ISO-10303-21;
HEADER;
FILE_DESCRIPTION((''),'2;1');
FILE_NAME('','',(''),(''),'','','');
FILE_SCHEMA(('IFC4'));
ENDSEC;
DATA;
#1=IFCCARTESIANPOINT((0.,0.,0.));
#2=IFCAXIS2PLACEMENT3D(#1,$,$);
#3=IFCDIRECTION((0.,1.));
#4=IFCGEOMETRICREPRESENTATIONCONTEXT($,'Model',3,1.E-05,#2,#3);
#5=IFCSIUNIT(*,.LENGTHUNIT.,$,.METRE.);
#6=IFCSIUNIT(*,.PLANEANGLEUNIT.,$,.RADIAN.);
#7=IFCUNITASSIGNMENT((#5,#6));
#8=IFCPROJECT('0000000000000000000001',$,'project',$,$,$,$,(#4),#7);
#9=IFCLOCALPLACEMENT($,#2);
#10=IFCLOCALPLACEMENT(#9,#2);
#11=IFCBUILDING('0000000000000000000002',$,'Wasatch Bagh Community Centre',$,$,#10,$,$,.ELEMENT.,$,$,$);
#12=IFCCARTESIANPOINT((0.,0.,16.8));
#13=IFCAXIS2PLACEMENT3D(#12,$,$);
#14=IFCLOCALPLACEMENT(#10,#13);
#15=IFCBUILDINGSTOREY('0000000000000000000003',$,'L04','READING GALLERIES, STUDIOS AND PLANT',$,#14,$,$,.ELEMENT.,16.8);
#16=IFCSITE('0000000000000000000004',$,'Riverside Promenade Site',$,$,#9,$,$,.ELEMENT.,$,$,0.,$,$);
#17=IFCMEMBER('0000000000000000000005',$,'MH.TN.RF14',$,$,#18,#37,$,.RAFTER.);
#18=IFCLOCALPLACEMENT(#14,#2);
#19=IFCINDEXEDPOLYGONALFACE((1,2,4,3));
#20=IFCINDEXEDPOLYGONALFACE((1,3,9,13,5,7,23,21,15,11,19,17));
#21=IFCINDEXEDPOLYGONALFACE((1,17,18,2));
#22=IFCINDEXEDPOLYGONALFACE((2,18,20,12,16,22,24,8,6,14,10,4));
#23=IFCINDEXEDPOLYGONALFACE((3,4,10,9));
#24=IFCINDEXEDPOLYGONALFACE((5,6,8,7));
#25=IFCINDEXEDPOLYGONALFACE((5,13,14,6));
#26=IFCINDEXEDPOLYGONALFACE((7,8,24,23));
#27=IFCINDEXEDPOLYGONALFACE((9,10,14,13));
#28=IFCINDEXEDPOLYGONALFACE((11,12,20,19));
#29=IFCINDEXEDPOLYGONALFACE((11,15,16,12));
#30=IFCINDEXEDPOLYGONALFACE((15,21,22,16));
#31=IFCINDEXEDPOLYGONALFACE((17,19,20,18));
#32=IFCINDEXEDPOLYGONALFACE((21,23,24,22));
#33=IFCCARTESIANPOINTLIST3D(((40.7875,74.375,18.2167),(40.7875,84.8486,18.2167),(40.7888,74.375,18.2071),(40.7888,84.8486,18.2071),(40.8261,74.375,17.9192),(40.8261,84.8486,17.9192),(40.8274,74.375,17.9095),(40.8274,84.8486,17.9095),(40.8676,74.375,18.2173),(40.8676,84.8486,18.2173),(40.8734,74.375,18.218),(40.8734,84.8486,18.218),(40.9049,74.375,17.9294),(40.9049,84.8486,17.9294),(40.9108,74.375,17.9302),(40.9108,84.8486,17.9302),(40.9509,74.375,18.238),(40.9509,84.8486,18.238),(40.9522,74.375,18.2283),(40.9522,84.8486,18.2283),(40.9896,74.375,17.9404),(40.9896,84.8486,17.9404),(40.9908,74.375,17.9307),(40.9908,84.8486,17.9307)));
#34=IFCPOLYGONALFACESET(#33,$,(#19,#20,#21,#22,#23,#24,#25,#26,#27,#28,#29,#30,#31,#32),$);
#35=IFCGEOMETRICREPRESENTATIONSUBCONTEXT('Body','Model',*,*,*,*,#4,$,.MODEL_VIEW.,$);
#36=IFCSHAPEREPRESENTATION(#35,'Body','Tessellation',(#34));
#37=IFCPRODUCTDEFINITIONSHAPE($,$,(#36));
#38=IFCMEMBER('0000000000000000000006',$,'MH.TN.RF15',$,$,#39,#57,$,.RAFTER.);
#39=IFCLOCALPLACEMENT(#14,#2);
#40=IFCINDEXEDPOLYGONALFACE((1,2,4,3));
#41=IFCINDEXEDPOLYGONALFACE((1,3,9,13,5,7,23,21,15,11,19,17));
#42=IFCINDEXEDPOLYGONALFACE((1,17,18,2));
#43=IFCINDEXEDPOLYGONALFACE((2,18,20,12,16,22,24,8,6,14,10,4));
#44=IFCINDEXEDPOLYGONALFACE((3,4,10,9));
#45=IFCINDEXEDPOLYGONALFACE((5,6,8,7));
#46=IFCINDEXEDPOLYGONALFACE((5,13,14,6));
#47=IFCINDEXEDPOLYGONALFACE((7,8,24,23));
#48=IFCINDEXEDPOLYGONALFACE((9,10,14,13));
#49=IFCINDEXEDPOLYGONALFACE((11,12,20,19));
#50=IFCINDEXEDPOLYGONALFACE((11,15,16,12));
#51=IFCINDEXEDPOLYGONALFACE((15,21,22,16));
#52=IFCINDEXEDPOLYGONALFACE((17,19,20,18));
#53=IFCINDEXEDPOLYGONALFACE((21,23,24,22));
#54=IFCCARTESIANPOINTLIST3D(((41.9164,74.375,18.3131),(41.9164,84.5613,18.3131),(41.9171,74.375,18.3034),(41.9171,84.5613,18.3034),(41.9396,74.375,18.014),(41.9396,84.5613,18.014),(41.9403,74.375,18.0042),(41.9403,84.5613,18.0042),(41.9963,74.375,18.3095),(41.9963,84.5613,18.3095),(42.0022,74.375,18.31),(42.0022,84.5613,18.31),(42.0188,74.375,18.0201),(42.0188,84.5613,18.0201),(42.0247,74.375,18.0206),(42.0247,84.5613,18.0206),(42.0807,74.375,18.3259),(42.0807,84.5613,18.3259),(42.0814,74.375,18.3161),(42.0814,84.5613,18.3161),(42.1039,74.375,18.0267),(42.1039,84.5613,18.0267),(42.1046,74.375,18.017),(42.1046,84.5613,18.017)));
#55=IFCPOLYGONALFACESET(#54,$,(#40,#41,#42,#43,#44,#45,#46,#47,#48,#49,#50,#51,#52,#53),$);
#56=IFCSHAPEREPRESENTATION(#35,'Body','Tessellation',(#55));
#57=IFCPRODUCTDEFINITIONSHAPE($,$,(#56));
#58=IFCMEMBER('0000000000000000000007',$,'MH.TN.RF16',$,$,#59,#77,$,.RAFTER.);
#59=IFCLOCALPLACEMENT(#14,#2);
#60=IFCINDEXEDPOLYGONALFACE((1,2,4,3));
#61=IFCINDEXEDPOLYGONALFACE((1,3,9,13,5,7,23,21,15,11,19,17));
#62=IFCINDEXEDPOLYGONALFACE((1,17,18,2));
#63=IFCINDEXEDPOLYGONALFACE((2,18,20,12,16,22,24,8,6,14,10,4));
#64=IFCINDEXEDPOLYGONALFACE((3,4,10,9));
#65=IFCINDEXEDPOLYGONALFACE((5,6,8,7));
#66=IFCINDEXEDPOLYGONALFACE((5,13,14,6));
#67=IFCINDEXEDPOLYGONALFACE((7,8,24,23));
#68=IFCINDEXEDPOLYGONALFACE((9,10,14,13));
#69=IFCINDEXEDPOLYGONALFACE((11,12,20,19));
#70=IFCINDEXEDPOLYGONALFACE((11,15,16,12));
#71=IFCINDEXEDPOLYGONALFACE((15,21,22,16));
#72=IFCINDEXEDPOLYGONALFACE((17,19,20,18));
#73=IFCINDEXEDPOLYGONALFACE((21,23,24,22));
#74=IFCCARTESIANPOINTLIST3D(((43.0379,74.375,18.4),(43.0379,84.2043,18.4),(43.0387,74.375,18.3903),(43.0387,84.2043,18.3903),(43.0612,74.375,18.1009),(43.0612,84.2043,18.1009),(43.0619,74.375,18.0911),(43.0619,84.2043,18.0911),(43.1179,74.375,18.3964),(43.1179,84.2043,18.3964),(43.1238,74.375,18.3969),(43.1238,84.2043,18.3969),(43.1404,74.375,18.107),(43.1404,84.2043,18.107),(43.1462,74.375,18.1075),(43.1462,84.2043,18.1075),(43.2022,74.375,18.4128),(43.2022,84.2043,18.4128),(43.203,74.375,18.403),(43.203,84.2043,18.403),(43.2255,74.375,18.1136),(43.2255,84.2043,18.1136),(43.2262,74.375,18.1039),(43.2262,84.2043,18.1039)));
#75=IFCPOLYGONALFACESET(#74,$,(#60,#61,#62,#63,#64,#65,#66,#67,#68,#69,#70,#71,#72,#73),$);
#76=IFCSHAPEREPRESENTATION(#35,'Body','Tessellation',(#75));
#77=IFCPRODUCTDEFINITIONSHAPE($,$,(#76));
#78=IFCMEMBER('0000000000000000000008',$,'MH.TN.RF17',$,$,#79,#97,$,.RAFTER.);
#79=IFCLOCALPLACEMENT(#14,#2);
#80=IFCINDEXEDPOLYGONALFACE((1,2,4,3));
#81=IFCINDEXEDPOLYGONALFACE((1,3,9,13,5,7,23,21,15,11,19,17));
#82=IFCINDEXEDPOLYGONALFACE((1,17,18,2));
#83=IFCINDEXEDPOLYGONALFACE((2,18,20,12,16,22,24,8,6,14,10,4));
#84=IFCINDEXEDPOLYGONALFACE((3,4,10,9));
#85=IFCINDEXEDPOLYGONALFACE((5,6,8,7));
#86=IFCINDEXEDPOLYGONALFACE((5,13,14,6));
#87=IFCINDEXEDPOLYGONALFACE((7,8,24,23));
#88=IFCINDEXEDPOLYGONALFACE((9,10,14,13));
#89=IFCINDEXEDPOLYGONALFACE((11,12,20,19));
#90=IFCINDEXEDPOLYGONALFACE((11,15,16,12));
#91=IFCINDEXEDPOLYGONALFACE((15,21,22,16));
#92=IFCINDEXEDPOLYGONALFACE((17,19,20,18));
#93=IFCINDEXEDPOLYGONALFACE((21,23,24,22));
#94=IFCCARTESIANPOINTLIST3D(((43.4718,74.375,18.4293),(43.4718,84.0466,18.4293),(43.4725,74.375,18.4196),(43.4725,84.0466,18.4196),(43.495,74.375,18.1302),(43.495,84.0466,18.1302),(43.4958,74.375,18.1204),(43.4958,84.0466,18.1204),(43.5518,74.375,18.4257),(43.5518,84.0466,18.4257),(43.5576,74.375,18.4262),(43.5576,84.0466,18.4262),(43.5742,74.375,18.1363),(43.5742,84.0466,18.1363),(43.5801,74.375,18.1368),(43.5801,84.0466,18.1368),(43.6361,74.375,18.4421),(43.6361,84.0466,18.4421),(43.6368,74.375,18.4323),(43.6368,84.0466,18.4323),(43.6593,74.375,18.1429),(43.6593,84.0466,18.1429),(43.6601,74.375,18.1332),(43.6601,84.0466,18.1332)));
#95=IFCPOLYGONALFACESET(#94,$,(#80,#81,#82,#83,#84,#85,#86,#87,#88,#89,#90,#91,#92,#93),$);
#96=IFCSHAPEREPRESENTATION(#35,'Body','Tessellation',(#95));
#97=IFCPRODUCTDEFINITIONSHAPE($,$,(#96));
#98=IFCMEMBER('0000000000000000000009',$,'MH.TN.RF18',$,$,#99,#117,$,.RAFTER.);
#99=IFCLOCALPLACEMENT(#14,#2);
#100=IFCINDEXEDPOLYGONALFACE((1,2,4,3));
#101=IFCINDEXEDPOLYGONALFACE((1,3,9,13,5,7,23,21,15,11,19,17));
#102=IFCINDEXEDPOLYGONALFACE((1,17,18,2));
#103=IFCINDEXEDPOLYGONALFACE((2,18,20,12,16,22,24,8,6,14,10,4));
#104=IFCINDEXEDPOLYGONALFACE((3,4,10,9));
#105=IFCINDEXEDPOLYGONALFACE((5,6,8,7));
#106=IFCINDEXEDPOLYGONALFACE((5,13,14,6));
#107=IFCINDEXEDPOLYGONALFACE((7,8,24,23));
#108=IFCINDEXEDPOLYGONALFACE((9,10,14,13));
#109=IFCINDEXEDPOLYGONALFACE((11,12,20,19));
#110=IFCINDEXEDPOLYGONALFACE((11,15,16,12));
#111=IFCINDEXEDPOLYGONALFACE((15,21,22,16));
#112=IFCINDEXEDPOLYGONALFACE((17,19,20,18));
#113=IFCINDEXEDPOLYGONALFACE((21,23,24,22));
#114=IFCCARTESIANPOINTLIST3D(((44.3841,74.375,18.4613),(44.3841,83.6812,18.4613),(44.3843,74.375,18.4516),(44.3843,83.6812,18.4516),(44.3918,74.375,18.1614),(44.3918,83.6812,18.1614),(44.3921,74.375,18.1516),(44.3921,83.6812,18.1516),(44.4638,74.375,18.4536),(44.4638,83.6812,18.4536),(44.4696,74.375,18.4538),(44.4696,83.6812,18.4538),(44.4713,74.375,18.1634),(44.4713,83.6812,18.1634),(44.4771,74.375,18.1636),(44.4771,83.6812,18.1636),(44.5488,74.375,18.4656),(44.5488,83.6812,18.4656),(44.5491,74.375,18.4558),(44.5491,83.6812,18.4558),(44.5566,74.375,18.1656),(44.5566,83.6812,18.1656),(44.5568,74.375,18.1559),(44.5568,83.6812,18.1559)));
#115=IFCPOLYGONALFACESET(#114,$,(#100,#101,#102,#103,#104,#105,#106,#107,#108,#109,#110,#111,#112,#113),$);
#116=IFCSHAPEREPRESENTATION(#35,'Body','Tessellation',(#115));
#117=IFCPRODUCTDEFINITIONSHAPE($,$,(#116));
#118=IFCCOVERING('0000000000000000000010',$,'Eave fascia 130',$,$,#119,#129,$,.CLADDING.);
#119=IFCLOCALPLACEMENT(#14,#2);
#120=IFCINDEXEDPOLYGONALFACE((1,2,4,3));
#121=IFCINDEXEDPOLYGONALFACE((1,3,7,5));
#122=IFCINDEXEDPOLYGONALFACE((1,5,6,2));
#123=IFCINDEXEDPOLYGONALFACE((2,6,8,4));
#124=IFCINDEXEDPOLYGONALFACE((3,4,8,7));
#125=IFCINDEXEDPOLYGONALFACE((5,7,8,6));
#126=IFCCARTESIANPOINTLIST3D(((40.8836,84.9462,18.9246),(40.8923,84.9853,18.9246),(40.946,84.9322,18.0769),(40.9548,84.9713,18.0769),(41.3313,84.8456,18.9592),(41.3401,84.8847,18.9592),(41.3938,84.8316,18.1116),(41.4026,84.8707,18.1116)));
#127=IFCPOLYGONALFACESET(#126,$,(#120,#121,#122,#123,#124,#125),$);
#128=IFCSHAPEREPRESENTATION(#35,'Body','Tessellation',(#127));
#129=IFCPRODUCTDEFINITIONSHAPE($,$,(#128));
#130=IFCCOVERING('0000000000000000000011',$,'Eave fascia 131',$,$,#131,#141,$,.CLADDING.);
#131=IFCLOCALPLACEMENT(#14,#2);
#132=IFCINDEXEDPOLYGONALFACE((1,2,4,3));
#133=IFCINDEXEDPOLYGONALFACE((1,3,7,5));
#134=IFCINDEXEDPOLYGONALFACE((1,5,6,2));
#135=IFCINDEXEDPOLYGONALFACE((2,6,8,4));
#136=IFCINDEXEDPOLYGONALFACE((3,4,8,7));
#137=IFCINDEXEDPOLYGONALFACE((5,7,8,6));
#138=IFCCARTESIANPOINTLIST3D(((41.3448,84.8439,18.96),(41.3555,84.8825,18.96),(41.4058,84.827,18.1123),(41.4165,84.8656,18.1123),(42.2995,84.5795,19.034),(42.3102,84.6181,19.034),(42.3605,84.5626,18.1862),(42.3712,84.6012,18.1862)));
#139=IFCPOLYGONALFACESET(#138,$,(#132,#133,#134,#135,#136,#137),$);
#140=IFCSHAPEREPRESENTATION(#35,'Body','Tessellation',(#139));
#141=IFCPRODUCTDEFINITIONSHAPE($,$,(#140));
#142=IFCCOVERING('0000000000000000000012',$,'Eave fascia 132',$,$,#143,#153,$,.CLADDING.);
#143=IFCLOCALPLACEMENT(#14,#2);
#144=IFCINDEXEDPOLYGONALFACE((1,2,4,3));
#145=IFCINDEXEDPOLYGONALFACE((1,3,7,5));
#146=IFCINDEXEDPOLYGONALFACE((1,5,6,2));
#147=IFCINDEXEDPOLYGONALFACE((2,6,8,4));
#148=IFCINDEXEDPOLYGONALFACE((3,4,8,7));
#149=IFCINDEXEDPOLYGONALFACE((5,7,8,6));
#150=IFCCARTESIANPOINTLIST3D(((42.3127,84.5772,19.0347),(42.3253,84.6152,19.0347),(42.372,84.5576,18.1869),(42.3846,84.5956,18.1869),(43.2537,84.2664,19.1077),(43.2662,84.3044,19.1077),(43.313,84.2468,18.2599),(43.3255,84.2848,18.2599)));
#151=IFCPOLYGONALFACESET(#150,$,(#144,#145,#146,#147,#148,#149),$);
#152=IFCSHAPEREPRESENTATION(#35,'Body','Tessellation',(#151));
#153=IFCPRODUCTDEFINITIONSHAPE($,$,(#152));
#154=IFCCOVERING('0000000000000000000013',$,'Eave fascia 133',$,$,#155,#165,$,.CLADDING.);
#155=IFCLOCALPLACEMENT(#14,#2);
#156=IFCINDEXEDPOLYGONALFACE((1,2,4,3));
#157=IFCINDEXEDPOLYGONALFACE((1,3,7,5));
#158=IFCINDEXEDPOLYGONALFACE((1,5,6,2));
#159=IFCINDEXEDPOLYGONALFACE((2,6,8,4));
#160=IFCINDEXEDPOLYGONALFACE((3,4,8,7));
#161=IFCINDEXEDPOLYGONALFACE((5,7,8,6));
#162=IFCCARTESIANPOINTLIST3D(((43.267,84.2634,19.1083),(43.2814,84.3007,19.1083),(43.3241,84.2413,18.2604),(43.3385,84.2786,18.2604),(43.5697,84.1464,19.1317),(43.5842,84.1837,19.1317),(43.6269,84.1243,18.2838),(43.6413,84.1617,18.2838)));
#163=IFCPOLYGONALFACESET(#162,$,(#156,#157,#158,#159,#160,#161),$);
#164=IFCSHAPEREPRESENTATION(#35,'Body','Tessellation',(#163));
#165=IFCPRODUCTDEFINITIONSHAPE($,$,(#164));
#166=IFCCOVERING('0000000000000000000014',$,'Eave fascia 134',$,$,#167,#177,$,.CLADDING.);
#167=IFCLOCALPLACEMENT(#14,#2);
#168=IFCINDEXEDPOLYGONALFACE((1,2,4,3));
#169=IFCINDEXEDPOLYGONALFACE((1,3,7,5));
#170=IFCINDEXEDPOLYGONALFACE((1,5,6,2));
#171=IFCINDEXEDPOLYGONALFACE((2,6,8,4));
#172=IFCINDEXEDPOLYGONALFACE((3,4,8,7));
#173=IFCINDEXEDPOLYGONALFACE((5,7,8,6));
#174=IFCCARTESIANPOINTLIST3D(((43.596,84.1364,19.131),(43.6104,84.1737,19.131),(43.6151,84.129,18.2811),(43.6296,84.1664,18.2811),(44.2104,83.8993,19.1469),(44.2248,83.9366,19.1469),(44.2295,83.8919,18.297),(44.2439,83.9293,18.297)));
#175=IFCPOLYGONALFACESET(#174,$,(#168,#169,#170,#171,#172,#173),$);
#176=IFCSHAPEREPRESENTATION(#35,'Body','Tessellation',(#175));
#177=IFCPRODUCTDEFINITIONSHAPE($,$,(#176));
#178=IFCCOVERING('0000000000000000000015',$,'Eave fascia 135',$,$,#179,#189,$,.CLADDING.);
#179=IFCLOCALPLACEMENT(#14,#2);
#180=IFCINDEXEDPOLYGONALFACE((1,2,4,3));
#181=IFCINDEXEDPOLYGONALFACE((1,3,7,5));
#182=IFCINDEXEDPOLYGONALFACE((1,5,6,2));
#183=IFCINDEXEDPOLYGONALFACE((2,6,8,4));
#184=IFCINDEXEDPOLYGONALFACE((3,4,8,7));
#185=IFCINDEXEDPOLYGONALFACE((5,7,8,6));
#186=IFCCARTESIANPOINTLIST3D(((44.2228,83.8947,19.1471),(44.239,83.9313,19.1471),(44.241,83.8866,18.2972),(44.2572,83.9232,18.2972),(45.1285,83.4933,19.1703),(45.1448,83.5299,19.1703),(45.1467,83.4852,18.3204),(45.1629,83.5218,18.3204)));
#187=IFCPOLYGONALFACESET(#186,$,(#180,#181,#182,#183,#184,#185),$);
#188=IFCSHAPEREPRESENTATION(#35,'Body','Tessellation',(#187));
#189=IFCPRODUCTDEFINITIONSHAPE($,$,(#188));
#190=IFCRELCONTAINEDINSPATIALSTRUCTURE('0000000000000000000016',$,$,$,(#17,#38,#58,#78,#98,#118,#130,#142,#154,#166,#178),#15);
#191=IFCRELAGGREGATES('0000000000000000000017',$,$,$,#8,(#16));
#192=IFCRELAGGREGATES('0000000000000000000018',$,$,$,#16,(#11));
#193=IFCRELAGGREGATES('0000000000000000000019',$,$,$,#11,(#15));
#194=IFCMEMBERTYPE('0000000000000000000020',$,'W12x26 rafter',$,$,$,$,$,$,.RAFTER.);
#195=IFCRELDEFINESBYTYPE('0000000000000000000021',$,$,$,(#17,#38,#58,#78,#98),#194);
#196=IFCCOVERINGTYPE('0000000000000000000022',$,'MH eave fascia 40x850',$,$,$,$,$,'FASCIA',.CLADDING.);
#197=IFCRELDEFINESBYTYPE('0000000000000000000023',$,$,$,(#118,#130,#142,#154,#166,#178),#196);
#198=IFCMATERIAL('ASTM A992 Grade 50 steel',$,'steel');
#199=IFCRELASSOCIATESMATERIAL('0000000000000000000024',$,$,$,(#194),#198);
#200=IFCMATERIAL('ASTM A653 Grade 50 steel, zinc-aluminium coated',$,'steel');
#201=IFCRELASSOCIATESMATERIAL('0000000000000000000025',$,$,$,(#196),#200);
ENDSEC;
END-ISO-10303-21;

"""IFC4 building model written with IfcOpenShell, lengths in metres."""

from ifc_helpers import new_model, si_unit, direction, frame, origin, origin_2d, place, context, subcontext, project, spatial, rectangle, i_section, extrude, material, material_profile, profile_set, type_object, element, save


model = new_model("IFC4")

# Units and contexts
model_context = context("Model", 3, precision=1e-05, world=origin(), true_north=direction((0.0, 1.0)))
body_context = subcontext(model_context, "Body", "Model", "MODEL_VIEW")
ifc_project = project(units=[si_unit("LENGTHUNIT", "METRE"), si_unit("PLANEANGLEUNIT", "RADIAN")], contexts=[model_context])

# Site, building, storey
site_placement = place(None, origin())
site = spatial("IfcSite", under=ifc_project, at=site_placement, Name="Riverside Promenade Site", CompositionType="ELEMENT", RefElevation=0.0)
building_placement = place(site_placement, origin())
building = spatial("IfcBuilding", under=site, at=building_placement, Name="Wasatch Bagh Community Centre", CompositionType="ELEMENT")
storey_placement = place(building_placement, frame((0.0, 0.0, 16.8)))
storey = spatial("IfcBuildingStorey", under=building, at=storey_placement, Name="L04", Description="READING GALLERIES, STUDIOS AND PLANT", CompositionType="ELEMENT", Elevation=16.8)

# Members
ifc_material_1 = material(Name="ASTM A992 Grade 50 steel", Category="steel")
ifc_material_profile_1 = material_profile(ifc_material_1, i_section(OverallWidth=0.1648, OverallDepth=0.3098, WebThickness=0.0059, FlangeThickness=0.0098, at=origin_2d()), Name="W12x26")
ifc_profile_set_1 = profile_set([ifc_material_profile_1], Name="ASTM A992 Grade 50 steel")
member_type = type_object("IfcMemberType", Name="W12x26 rafter", PredefinedType="RAFTER", material=ifc_profile_set_1)
member_1_placement = place(storey_placement, frame((40.8892, 84.8486, 18.0737), z_axis=(0.0, -1.0, 0.0), x_axis=(0.991678, 0.0, 0.12874)))
element("IfcMember", 1, at=member_1_placement, inside=storey, type_object=member_type, Name="MH.TN.RF14", PredefinedType="RAFTER", context=body_context, shape_type="SweptSolid", body=[
    extrude(i_section(OverallWidth=0.1648, OverallDepth=0.3098, WebThickness=0.0059, FlangeThickness=0.0098, at=origin_2d()), origin(), (0.0, 0.0, 1.0), 10.4736),
])
member_2_placement = place(storey_placement, frame((42.0105, 84.5613, 18.165), z_axis=(0.0, -1.0, 0.0), x_axis=(0.997002, 0.0, 0.077382)))
element("IfcMember", 2, at=member_2_placement, inside=storey, type_object=member_type, Name="MH.TN.RF15", PredefinedType="RAFTER", context=body_context, shape_type="SweptSolid", body=[
    extrude(i_section(OverallWidth=0.1648, OverallDepth=0.3098, WebThickness=0.0059, FlangeThickness=0.0098, at=origin_2d()), origin(), (0.0, 0.0, 1.0), 10.1863),
])
member_3_placement = place(storey_placement, frame((43.1321, 84.2043, 18.252), z_axis=(0.0, -1.0, 0.0), x_axis=(0.997002, 0.0, 0.077382)))
element("IfcMember", 3, at=member_3_placement, inside=storey, type_object=member_type, Name="MH.TN.RF16", PredefinedType="RAFTER", context=body_context, shape_type="SweptSolid", body=[
    extrude(i_section(OverallWidth=0.1648, OverallDepth=0.3098, WebThickness=0.0059, FlangeThickness=0.0098, at=origin_2d()), origin(), (0.0, 0.0, 1.0), 9.8293),
])
member_4_placement = place(storey_placement, frame((43.5659, 84.0466, 18.2812), z_axis=(0.0, -1.0, 0.0), x_axis=(0.997002, 0.0, 0.077382)))
element("IfcMember", 4, at=member_4_placement, inside=storey, type_object=member_type, Name="MH.TN.RF17", PredefinedType="RAFTER", context=body_context, shape_type="SweptSolid", body=[
    extrude(i_section(OverallWidth=0.1648, OverallDepth=0.3098, WebThickness=0.0059, FlangeThickness=0.0098, at=origin_2d()), origin(), (0.0, 0.0, 1.0), 9.6716),
])
member_5_placement = place(storey_placement, frame((44.4705, 83.6812, 18.3086), z_axis=(0.0, -1.0, 0.0), x_axis=(0.999667, 0.0, 0.025817)))
element("IfcMember", 5, at=member_5_placement, inside=storey, type_object=member_type, Name="MH.TN.RF18", PredefinedType="RAFTER", context=body_context, shape_type="SweptSolid", body=[
    extrude(i_section(OverallWidth=0.1648, OverallDepth=0.3098, WebThickness=0.0059, FlangeThickness=0.0098, at=origin_2d()), origin(), (0.0, 0.0, 1.0), 9.3062),
])

# Coverings
ifc_material_2 = material(Name="ASTM A653 Grade 50 steel, zinc-aluminium coated", Category="steel")
ifc_material_profile_2 = material_profile(ifc_material_2, rectangle(XDim=0.04, YDim=0.8501, at=origin_2d()), Name="FASCIA 40x850")
ifc_profile_set_2 = profile_set([ifc_material_profile_2], Name="ASTM A653 Grade 50 steel, zinc-aluminium coated")
covering_type_1 = type_object("IfcCoveringType", Name="MH eave fascia 40x850", ElementType="FASCIA", PredefinedType="CLADDING", material=ifc_profile_set_2)
covering_1_placement = place(storey_placement, frame((40.9192, 84.9587, 18.5007), z_axis=(0.972912, -0.21856, 0.075329), x_axis=(0.219183, 0.975684, 0.0)))
element("IfcCovering", 6, at=covering_1_placement, inside=storey, type_object=covering_type_1, Name="Eave fascia 130", PredefinedType="CLADDING", context=body_context, shape_type="SweptSolid", body=[
    extrude(rectangle(XDim=0.04, YDim=0.8501, at=origin_2d()), origin(), (0.0, 0.0, 1.0), 0.4602),
])
covering_2_placement = place(storey_placement, frame((41.3806, 84.8547, 18.5361), z_axis=(0.961058, -0.266128, 0.074457), x_axis=(0.266869, 0.963733, 0.0)))
element("IfcCovering", 7, at=covering_2_placement, inside=storey, type_object=covering_type_1, Name="Eave fascia 131", PredefinedType="CLADDING", context=body_context, shape_type="SweptSolid", body=[
    extrude(rectangle(XDim=0.04, YDim=0.8501, at=origin_2d()), origin(), (0.0, 0.0, 1.0), 0.9934),
])
covering_3_placement = place(storey_placement, frame((42.3486, 84.5864, 18.6108), z_axis=(0.946976, -0.312792, 0.073468), x_axis=(0.31364, 0.949542, 0.0)))
element("IfcCovering", 8, at=covering_3_placement, inside=storey, type_object=covering_type_1, Name="Eave fascia 132", PredefinedType="CLADDING", context=body_context, shape_type="SweptSolid", body=[
    extrude(rectangle(XDim=0.04, YDim=0.8501, at=origin_2d()), origin(), (0.0, 0.0, 1.0), 0.9937),
])
covering_4_placement = place(storey_placement, frame((43.3027, 84.271, 18.6843), z_axis=(0.930398, -0.359404, 0.072031), x_axis=(0.36034, 0.932821, 0.0)))
element("IfcCovering", 9, at=covering_4_placement, inside=storey, type_object=covering_type_1, Name="Eave fascia 133", PredefinedType="CLADDING", context=body_context, shape_type="SweptSolid", body=[
    extrude(rectangle(XDim=0.04, YDim=0.8501, at=origin_2d()), origin(), (0.0, 0.0, 1.0), 0.3254),
])
covering_5_placement = place(storey_placement, frame((43.6128, 84.1514, 18.7061), z_axis=(0.932663, -0.359943, 0.024095), x_axis=(0.360047, 0.932934, 0.0)))
element("IfcCovering", 10, at=covering_5_placement, inside=storey, type_object=covering_type_1, Name="Eave fascia 134", PredefinedType="CLADDING", context=body_context, shape_type="SweptSolid", body=[
    extrude(rectangle(XDim=0.04, YDim=0.8501, at=origin_2d()), origin(), (0.0, 0.0, 1.0), 0.6587),
])
for number, where, z_axis, x_axis, name in (
    (11, (44.24, 83.9089, 18.7222), (0.914008, -0.405021, 0.023405), (0.405132, 0.914258, 0.0), "Eave fascia 135"),
):
    element("IfcCovering", number, at=place(storey_placement, frame(where, z_axis=z_axis, x_axis=x_axis)), inside=storey, type_object=covering_type_1, Name=name, PredefinedType="CLADDING", context=body_context, shape_type="SweptSolid", body=[
        extrude(rectangle(XDim=0.04, YDim=0.8501, at=origin_2d()), origin(), (0.0, 0.0, 1.0), 0.991),
    ])

save(model, "model.ifc")
